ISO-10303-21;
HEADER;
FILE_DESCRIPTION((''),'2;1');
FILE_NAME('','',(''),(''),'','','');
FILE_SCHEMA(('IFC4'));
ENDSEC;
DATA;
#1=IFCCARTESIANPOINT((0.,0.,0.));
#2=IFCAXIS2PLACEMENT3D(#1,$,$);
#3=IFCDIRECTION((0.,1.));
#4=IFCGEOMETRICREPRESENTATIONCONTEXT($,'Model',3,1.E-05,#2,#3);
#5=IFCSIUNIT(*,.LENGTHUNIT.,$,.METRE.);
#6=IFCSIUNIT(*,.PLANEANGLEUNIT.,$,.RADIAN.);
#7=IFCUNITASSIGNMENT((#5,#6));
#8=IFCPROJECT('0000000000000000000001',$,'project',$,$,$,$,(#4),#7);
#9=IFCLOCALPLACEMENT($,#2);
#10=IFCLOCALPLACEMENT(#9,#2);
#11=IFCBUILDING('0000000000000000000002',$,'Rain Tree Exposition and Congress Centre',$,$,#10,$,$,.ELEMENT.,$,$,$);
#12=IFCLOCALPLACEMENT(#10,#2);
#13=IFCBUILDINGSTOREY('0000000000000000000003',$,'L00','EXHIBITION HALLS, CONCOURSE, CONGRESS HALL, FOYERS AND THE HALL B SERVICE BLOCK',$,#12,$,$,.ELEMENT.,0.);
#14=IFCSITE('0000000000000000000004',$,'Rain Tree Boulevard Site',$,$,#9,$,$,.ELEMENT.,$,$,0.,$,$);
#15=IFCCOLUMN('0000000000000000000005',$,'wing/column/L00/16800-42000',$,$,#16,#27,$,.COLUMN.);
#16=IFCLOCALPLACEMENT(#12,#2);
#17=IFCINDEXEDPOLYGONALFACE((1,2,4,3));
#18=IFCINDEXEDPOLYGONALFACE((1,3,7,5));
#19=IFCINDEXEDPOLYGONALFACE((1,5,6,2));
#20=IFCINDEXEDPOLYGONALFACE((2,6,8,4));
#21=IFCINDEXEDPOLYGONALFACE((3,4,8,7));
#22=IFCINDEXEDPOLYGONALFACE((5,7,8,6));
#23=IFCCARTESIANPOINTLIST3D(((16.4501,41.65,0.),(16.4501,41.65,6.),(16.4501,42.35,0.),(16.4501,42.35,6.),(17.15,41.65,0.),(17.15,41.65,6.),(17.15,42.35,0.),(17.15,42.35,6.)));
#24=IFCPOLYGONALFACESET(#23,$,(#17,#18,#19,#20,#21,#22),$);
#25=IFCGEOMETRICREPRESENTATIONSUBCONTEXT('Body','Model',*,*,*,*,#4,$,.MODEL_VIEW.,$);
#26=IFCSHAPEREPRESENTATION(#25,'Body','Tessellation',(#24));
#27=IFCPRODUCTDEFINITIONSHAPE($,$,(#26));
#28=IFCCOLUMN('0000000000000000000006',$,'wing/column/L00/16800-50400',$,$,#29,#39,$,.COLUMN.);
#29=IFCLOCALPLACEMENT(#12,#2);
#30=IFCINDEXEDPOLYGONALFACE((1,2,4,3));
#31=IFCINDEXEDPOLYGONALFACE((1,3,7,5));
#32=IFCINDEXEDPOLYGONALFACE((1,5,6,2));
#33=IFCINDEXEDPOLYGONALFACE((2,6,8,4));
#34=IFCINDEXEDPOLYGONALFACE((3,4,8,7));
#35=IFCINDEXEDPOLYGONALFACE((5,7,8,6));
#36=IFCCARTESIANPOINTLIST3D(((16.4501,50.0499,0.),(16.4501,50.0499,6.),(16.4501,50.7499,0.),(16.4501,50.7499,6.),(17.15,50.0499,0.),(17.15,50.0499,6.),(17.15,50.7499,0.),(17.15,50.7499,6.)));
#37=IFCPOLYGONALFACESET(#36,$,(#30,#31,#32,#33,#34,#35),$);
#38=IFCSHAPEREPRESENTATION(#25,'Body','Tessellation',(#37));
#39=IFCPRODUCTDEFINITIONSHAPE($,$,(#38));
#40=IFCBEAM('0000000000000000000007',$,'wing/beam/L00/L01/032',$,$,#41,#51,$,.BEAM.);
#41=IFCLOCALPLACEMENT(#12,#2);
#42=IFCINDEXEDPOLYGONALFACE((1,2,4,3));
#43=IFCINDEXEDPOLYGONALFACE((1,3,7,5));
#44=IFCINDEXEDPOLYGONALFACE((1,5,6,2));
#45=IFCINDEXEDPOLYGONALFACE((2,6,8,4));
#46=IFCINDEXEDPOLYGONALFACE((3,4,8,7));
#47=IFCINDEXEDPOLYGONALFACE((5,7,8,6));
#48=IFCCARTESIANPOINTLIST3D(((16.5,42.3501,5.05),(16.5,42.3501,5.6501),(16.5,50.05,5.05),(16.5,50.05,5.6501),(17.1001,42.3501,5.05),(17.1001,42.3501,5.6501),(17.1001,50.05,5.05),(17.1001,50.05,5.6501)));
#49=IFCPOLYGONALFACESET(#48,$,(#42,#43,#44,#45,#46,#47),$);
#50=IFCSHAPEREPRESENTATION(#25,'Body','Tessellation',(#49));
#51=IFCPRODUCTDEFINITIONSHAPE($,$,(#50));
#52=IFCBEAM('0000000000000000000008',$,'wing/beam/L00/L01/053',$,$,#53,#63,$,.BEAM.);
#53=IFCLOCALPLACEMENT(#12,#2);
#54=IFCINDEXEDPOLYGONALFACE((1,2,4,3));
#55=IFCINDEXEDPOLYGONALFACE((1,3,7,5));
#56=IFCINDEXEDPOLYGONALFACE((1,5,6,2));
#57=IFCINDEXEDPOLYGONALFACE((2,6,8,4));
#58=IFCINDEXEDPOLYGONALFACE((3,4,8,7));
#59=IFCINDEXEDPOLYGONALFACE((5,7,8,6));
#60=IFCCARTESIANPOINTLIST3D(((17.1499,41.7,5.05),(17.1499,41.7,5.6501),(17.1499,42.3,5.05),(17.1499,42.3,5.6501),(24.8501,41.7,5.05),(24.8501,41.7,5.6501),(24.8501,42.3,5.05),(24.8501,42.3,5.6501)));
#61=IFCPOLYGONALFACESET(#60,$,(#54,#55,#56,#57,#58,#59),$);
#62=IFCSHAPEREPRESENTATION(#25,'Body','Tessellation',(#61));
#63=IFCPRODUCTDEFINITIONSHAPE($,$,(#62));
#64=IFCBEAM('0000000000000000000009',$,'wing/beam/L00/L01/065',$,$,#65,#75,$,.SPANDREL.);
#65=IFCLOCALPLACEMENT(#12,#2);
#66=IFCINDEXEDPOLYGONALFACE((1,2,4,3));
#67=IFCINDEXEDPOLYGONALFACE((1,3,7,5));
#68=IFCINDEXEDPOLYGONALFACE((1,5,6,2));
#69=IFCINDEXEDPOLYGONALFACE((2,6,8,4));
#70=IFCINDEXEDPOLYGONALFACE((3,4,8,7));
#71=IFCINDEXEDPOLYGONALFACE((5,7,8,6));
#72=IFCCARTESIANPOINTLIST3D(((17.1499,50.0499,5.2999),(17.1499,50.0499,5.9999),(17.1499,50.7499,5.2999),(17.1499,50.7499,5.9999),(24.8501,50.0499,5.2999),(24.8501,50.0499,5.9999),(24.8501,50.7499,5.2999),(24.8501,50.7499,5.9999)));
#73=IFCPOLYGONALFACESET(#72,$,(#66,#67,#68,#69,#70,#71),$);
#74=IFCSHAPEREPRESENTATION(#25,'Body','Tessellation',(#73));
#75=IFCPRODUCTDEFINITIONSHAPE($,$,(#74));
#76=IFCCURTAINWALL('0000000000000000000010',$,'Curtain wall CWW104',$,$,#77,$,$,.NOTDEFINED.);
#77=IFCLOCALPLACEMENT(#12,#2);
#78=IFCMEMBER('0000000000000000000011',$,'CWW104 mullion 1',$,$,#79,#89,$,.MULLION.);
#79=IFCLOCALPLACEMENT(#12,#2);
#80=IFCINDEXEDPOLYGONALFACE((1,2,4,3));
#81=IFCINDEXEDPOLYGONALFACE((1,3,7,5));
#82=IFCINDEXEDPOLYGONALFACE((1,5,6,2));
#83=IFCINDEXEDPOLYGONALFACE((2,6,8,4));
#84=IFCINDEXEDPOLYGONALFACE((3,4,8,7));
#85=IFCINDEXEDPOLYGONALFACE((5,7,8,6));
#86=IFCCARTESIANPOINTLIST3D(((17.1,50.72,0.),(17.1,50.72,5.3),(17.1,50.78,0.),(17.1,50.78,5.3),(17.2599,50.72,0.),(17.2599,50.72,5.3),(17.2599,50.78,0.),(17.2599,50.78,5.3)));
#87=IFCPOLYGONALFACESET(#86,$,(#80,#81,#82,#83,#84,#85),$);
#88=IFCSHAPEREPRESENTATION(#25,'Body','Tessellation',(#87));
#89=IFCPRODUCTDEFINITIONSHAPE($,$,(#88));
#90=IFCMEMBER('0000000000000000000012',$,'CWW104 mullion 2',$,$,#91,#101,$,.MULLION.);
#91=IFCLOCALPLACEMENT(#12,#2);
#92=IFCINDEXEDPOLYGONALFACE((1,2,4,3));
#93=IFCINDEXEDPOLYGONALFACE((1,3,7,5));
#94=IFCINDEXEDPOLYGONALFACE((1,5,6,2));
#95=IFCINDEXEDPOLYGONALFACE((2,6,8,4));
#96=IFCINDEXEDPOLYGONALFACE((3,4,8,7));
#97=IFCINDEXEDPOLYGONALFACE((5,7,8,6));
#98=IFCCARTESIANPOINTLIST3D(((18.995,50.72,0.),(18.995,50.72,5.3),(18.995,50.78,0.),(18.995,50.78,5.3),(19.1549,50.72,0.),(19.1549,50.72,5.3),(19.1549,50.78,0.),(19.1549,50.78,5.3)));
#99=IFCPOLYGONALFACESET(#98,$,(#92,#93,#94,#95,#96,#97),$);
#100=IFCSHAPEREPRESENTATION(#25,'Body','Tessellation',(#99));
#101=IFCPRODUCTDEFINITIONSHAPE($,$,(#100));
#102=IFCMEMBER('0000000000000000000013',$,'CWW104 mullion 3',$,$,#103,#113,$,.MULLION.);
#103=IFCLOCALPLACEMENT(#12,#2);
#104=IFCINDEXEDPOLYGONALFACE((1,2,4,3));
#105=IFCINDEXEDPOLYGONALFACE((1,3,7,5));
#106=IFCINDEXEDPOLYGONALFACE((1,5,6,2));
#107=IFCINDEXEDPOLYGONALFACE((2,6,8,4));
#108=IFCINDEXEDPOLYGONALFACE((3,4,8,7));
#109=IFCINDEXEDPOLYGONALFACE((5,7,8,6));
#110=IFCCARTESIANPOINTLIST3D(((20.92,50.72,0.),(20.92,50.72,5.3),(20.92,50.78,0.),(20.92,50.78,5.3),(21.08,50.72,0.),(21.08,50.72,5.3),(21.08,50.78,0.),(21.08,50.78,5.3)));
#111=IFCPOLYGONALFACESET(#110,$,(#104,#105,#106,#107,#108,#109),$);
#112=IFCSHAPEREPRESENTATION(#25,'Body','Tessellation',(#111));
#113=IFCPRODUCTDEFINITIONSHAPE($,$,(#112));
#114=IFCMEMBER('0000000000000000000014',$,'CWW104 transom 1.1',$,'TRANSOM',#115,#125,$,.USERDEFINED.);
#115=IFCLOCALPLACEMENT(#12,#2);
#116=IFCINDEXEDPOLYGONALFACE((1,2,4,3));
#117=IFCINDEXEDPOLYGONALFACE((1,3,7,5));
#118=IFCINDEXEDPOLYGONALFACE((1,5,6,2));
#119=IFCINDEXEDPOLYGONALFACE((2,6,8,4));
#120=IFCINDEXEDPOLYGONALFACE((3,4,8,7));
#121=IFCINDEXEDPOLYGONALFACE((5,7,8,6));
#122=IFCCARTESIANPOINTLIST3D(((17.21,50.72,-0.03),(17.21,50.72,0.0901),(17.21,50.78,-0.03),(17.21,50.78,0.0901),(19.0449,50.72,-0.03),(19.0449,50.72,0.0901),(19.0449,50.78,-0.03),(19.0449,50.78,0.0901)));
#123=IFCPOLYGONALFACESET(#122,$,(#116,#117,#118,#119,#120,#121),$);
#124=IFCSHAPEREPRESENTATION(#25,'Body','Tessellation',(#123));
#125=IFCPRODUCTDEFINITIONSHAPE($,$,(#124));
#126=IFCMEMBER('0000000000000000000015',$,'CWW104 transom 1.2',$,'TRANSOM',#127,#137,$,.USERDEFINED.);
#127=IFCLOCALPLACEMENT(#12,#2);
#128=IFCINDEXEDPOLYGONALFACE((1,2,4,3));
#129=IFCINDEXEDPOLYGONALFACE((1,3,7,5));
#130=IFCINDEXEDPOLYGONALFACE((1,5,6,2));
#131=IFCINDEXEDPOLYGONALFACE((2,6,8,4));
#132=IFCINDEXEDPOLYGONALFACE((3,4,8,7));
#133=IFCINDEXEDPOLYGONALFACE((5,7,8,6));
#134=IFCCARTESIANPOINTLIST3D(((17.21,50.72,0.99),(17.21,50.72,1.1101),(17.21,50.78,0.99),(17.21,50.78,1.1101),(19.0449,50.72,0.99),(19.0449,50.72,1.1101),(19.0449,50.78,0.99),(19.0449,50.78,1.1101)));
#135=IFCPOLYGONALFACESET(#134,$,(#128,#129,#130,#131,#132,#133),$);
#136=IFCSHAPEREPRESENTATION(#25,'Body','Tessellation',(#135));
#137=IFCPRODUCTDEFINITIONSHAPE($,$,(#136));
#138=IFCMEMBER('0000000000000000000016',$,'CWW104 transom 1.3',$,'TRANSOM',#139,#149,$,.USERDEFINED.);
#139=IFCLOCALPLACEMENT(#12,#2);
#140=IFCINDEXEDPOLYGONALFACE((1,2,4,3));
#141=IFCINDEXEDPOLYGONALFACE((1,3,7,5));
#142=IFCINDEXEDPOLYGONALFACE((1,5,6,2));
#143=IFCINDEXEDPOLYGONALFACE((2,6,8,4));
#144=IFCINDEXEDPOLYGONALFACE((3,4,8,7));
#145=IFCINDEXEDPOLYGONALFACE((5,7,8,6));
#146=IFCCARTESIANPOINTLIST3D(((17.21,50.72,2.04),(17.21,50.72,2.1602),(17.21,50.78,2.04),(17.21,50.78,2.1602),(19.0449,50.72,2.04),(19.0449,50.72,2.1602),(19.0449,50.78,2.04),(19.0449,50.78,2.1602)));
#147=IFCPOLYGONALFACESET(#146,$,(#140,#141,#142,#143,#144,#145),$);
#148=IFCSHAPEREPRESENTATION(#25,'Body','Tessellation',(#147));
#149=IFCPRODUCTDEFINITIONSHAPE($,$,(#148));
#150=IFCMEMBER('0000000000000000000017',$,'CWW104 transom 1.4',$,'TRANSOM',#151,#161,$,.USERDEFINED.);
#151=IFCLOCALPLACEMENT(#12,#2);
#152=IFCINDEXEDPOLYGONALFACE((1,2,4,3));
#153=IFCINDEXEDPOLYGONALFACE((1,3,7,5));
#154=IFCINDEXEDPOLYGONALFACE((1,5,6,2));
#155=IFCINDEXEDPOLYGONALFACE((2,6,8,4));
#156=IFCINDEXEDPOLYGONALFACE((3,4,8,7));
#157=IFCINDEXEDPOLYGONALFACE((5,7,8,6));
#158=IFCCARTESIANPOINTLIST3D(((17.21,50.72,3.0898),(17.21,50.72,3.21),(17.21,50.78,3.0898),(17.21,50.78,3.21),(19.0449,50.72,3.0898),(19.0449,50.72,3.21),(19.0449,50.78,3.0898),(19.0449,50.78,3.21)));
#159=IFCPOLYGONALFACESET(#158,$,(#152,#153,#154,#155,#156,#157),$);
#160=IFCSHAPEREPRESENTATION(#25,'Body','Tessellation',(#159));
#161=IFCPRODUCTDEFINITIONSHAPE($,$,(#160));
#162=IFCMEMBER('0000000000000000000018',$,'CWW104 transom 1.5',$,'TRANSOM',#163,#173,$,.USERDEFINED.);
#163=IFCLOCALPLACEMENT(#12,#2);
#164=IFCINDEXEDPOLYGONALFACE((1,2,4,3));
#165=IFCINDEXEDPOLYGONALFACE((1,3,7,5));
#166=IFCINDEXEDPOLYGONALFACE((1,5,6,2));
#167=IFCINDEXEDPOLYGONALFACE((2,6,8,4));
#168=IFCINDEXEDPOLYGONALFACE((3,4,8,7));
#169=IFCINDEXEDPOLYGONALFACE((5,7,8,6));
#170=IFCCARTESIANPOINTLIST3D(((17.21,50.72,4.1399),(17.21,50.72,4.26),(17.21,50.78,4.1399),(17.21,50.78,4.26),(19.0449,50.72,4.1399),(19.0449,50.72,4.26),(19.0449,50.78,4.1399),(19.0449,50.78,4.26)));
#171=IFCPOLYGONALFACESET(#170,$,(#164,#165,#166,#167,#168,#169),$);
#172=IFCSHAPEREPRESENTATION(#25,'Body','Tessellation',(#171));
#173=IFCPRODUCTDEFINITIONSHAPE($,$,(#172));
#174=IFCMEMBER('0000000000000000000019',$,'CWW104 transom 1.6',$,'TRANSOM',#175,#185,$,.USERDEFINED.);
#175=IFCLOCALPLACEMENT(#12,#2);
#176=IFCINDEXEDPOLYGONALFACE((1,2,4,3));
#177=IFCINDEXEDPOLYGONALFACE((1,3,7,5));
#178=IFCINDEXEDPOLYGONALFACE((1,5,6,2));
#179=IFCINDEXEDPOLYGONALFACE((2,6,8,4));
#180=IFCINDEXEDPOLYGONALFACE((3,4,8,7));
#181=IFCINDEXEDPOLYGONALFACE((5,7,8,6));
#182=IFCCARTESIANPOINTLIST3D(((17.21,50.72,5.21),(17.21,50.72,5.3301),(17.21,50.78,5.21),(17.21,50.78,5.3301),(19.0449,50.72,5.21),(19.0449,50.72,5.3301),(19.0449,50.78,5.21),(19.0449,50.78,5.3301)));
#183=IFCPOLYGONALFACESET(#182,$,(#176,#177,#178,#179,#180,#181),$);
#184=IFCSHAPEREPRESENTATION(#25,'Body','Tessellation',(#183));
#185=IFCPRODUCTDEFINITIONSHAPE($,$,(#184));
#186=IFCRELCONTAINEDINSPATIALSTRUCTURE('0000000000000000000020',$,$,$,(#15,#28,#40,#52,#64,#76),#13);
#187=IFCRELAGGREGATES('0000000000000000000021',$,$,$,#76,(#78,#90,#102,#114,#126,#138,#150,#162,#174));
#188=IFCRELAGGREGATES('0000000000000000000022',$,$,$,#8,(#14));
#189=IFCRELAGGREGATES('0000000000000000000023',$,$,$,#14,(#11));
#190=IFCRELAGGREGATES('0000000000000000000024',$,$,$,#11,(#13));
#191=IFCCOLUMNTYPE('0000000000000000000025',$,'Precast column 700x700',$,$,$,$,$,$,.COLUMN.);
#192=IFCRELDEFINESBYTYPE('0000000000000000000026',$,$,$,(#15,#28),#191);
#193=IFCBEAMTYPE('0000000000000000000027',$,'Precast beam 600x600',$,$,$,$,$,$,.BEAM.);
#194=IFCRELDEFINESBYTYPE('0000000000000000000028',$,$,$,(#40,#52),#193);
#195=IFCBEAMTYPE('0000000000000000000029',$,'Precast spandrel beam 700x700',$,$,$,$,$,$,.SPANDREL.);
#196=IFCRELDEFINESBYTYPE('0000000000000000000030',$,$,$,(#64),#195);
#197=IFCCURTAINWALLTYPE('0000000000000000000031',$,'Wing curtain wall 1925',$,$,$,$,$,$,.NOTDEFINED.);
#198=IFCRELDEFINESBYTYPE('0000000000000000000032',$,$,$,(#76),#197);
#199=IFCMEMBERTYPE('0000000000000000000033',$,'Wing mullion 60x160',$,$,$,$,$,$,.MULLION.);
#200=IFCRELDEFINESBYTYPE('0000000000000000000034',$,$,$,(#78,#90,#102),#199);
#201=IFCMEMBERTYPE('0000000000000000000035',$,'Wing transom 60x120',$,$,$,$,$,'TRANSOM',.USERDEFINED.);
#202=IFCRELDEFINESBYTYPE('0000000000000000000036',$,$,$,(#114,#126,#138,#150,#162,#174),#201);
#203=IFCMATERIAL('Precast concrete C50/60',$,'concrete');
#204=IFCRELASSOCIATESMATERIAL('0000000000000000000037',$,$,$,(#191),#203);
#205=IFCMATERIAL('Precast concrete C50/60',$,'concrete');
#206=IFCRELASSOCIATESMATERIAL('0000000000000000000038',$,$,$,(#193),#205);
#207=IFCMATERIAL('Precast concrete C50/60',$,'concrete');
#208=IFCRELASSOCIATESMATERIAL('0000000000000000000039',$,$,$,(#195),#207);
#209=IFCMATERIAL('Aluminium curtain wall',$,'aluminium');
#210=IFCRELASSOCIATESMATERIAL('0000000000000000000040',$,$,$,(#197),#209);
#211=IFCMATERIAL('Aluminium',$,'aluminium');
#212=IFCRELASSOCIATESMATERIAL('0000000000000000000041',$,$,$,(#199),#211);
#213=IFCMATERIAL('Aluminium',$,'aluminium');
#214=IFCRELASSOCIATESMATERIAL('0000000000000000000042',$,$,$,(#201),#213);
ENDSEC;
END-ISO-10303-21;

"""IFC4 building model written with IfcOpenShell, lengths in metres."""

from ifc_helpers import new_model, si_unit, direction, frame, origin, origin_2d, place, context, subcontext, project, spatial, rectangle, extrude, material, material_profile, profile_set, type_object, element, aggregate, save


model = new_model("IFC4")

# Units and contexts
model_context = context("Model", 3, precision=1e-05, world=origin(), true_north=direction((0.0, 1.0)))
body_context = subcontext(model_context, "Body", "Model", "MODEL_VIEW")
ifc_project = project(units=[si_unit("LENGTHUNIT", "METRE"), si_unit("PLANEANGLEUNIT", "RADIAN")], contexts=[model_context])

# Site, building, storey
site_placement = place(None, origin())
site = spatial("IfcSite", under=ifc_project, at=site_placement, Name="Rain Tree Boulevard Site", CompositionType="ELEMENT", RefElevation=0.0)
building_placement = place(site_placement, origin())
building = spatial("IfcBuilding", under=site, at=building_placement, Name="Rain Tree Exposition and Congress Centre", CompositionType="ELEMENT")
storey_placement = place(building_placement, origin())
storey = spatial("IfcBuildingStorey", under=building, at=storey_placement, Name="L00", Description="EXHIBITION HALLS, CONCOURSE, CONGRESS HALL, FOYERS AND THE HALL B SERVICE BLOCK", CompositionType="ELEMENT", Elevation=0.0)

# Columns
ifc_material_1 = material(Name="Precast concrete C50/60", Category="concrete")
ifc_material_profile_1 = material_profile(ifc_material_1, rectangle(XDim=0.7, YDim=0.7, at=origin_2d()), Name="RC 700x700")
ifc_profile_set_1 = profile_set([ifc_material_profile_1], Name="Precast concrete C50/60")
column_type = type_object("IfcColumnType", Name="Precast column 700x700", PredefinedType="COLUMN", material=ifc_profile_set_1)
for number, where, z_axis, x_axis, name in (
    (1, (16.8, 42.0, 0.0), (0.0, 0.0, 1.0), (1.0, 0.0, 0.0), "wing/column/L00/16800-42000"),
    (2, (16.8, 50.3999, 0.0), (0.0, 0.0, 1.0), (1.0, 0.0, 0.0), "wing/column/L00/16800-50400"),
):
    element("IfcColumn", number, at=place(storey_placement, frame(where, z_axis=z_axis, x_axis=x_axis)), inside=storey, type_object=column_type, Name=name, PredefinedType="COLUMN", context=body_context, shape_type="SweptSolid", body=[
        extrude(rectangle(XDim=0.7, YDim=0.7, at=origin_2d()), origin(), (0.0, 0.0, 1.0), 6.0),
    ])

# Beams
ifc_material_2 = material(Name="Precast concrete C50/60", Category="concrete")
ifc_material_profile_2 = material_profile(ifc_material_2, rectangle(XDim=0.6001, YDim=0.6001, at=origin_2d()), Name="RC 600x600")
ifc_profile_set_2 = profile_set([ifc_material_profile_2], Name="Precast concrete C50/60")
beam_type_1 = type_object("IfcBeamType", Name="Precast beam 600x600", PredefinedType="BEAM", material=ifc_profile_set_2)
beam_1_placement = place(storey_placement, frame((16.8, 42.3501, 5.3501), z_axis=(0.0, 1.0, 0.0), x_axis=(-1.0, 0.0, 0.0)))
element("IfcBeam", 3, at=beam_1_placement, inside=storey, type_object=beam_type_1, Name="wing/beam/L00/L01/032", PredefinedType="BEAM", context=body_context, shape_type="SweptSolid", body=[
    extrude(rectangle(XDim=0.6001, YDim=0.6001, at=origin_2d()), origin(), (0.0, 0.0, 1.0), 7.7),
])
beam_2_placement = place(storey_placement, frame((17.1499, 42.0, 5.3501), z_axis=(1.0, 0.0, 0.0), x_axis=(0.0, 1.0, 0.0)))
element("IfcBeam", 4, at=beam_2_placement, inside=storey, type_object=beam_type_1, Name="wing/beam/L00/L01/053", PredefinedType="BEAM", context=body_context, shape_type="SweptSolid", body=[
    extrude(rectangle(XDim=0.6001, YDim=0.6001, at=origin_2d()), origin(), (0.0, 0.0, 1.0), 7.7002),
])
ifc_material_3 = material(Name="Precast concrete C50/60", Category="concrete")
ifc_material_profile_3 = material_profile(ifc_material_3, rectangle(XDim=0.7, YDim=0.7, at=origin_2d()), Name="RC 700x700")
ifc_profile_set_3 = profile_set([ifc_material_profile_3], Name="Precast concrete C50/60")
beam_type_2 = type_object("IfcBeamType", Name="Precast spandrel beam 700x700", PredefinedType="SPANDREL", material=ifc_profile_set_3)
beam_3_placement = place(storey_placement, frame((17.1499, 50.3999, 5.6499), z_axis=(1.0, 0.0, 0.0), x_axis=(0.0, 1.0, 0.0)))
element("IfcBeam", 5, at=beam_3_placement, inside=storey, type_object=beam_type_2, Name="wing/beam/L00/L01/065", PredefinedType="SPANDREL", context=body_context, shape_type="SweptSolid", body=[
    extrude(rectangle(XDim=0.7, YDim=0.7, at=origin_2d()), origin(), (0.0, 0.0, 1.0), 7.7002),
])

# Curtain wall, members
ifc_material_4 = material(Name="Aluminium curtain wall", Category="aluminium")
curtain_wall_type = type_object("IfcCurtainWallType", Name="Wing curtain wall 1925", PredefinedType="NOTDEFINED", material=ifc_material_4)
curtain_wall_placement = place(storey_placement, origin())
curtain_wall = element("IfcCurtainWall", 6, at=curtain_wall_placement, inside=storey, type_object=curtain_wall_type, Name="Curtain wall CWW104", PredefinedType="NOTDEFINED")
ifc_material_5 = material(Name="Aluminium", Category="aluminium")
ifc_material_profile_4 = material_profile(ifc_material_5, rectangle(XDim=0.0601, YDim=0.1599, at=origin_2d()), Name="Aluminium 60x160")
ifc_profile_set_4 = profile_set([ifc_material_profile_4], Name="Aluminium")
member_type_1 = type_object("IfcMemberType", Name="Wing mullion 60x160", PredefinedType="MULLION", material=ifc_profile_set_4)
member_1_placement = place(storey_placement, frame((17.1799, 50.75, 0.0), z_axis=(0.0, 0.0, 1.0), x_axis=(0.0, 1.0, 0.0)))
member_1 = element("IfcMember", 7, at=member_1_placement, type_object=member_type_1, Name="CWW104 mullion 1", PredefinedType="MULLION", context=body_context, shape_type="SweptSolid", body=[
    extrude(rectangle(XDim=0.0601, YDim=0.1599, at=origin_2d()), origin(), (0.0, 0.0, 1.0), 5.3),
])
member_2_placement = place(storey_placement, frame((19.075, 50.75, 0.0), z_axis=(0.0, 0.0, 1.0), x_axis=(0.0, 1.0, 0.0)))
member_2 = element("IfcMember", 8, at=member_2_placement, type_object=member_type_1, Name="CWW104 mullion 2", PredefinedType="MULLION", context=body_context, shape_type="SweptSolid", body=[
    extrude(rectangle(XDim=0.0601, YDim=0.1599, at=origin_2d()), origin(), (0.0, 0.0, 1.0), 5.3),
])
member_3_placement = place(storey_placement, frame((21.0, 50.75, 0.0), z_axis=(0.0, 0.0, 1.0), x_axis=(0.0, 1.0, 0.0)))
member_3 = element("IfcMember", 9, at=member_3_placement, type_object=member_type_1, Name="CWW104 mullion 3", PredefinedType="MULLION", context=body_context, shape_type="SweptSolid", body=[
    extrude(rectangle(XDim=0.0601, YDim=0.1599, at=origin_2d()), origin(), (0.0, 0.0, 1.0), 5.3),
])
ifc_material_6 = material(Name="Aluminium", Category="aluminium")
ifc_material_profile_5 = material_profile(ifc_material_6, rectangle(XDim=0.0601, YDim=0.1201, at=origin_2d()), Name="Aluminium 60x120")
ifc_profile_set_5 = profile_set([ifc_material_profile_5], Name="Aluminium")
member_type_2 = type_object("IfcMemberType", Name="Wing transom 60x120", ElementType="TRANSOM", PredefinedType="USERDEFINED", material=ifc_profile_set_5)
member_4_placement = place(storey_placement, frame((17.21, 50.75, 0.03), z_axis=(1.0, 0.0, 0.0), x_axis=(0.0, 1.0, 0.0)))
member_4 = element("IfcMember", 10, at=member_4_placement, type_object=member_type_2, Name="CWW104 transom 1.1", ObjectType="TRANSOM", PredefinedType="USERDEFINED", context=body_context, shape_type="SweptSolid", body=[
    extrude(rectangle(XDim=0.0601, YDim=0.1201, at=origin_2d()), origin(), (0.0, 0.0, 1.0), 1.835),
])
member_5_placement = place(storey_placement, frame((17.21, 50.75, 1.05), z_axis=(1.0, 0.0, 0.0), x_axis=(0.0, 1.0, 0.0)))
member_5 = element("IfcMember", 11, at=member_5_placement, type_object=member_type_2, Name="CWW104 transom 1.2", ObjectType="TRANSOM", PredefinedType="USERDEFINED", context=body_context, shape_type="SweptSolid", body=[
    extrude(rectangle(XDim=0.0601, YDim=0.1201, at=origin_2d()), origin(), (0.0, 0.0, 1.0), 1.835),
])
member_6_placement = place(storey_placement, frame((17.21, 50.75, 2.1001), z_axis=(1.0, 0.0, 0.0), x_axis=(0.0, 1.0, 0.0)))
member_6 = element("IfcMember", 12, at=member_6_placement, type_object=member_type_2, Name="CWW104 transom 1.3", ObjectType="TRANSOM", PredefinedType="USERDEFINED", context=body_context, shape_type="SweptSolid", body=[
    extrude(rectangle(XDim=0.0601, YDim=0.1201, at=origin_2d()), origin(), (0.0, 0.0, 1.0), 1.835),
])
member_7_placement = place(storey_placement, frame((17.21, 50.75, 3.1499), z_axis=(1.0, 0.0, 0.0), x_axis=(0.0, 1.0, 0.0)))
member_7 = element("IfcMember", 13, at=member_7_placement, type_object=member_type_2, Name="CWW104 transom 1.4", ObjectType="TRANSOM", PredefinedType="USERDEFINED", context=body_context, shape_type="SweptSolid", body=[
    extrude(rectangle(XDim=0.0601, YDim=0.1201, at=origin_2d()), origin(), (0.0, 0.0, 1.0), 1.835),
])
member_8_placement = place(storey_placement, frame((17.21, 50.75, 4.2), z_axis=(1.0, 0.0, 0.0), x_axis=(0.0, 1.0, 0.0)))
member_8 = element("IfcMember", 14, at=member_8_placement, type_object=member_type_2, Name="CWW104 transom 1.5", ObjectType="TRANSOM", PredefinedType="USERDEFINED", context=body_context, shape_type="SweptSolid", body=[
    extrude(rectangle(XDim=0.0601, YDim=0.1201, at=origin_2d()), origin(), (0.0, 0.0, 1.0), 1.835),
])
member_9_placement = place(storey_placement, frame((17.21, 50.75, 5.27), z_axis=(1.0, 0.0, 0.0), x_axis=(0.0, 1.0, 0.0)))
member_9 = element("IfcMember", 15, at=member_9_placement, type_object=member_type_2, Name="CWW104 transom 1.6", ObjectType="TRANSOM", PredefinedType="USERDEFINED", context=body_context, shape_type="SweptSolid", body=[
    extrude(rectangle(XDim=0.0601, YDim=0.1201, at=origin_2d()), origin(), (0.0, 0.0, 1.0), 1.835),
])
aggregate(curtain_wall, [member_1, member_2, member_3, member_4, member_5, member_6, member_7, member_8, member_9])

save(model, "model.ifc")
